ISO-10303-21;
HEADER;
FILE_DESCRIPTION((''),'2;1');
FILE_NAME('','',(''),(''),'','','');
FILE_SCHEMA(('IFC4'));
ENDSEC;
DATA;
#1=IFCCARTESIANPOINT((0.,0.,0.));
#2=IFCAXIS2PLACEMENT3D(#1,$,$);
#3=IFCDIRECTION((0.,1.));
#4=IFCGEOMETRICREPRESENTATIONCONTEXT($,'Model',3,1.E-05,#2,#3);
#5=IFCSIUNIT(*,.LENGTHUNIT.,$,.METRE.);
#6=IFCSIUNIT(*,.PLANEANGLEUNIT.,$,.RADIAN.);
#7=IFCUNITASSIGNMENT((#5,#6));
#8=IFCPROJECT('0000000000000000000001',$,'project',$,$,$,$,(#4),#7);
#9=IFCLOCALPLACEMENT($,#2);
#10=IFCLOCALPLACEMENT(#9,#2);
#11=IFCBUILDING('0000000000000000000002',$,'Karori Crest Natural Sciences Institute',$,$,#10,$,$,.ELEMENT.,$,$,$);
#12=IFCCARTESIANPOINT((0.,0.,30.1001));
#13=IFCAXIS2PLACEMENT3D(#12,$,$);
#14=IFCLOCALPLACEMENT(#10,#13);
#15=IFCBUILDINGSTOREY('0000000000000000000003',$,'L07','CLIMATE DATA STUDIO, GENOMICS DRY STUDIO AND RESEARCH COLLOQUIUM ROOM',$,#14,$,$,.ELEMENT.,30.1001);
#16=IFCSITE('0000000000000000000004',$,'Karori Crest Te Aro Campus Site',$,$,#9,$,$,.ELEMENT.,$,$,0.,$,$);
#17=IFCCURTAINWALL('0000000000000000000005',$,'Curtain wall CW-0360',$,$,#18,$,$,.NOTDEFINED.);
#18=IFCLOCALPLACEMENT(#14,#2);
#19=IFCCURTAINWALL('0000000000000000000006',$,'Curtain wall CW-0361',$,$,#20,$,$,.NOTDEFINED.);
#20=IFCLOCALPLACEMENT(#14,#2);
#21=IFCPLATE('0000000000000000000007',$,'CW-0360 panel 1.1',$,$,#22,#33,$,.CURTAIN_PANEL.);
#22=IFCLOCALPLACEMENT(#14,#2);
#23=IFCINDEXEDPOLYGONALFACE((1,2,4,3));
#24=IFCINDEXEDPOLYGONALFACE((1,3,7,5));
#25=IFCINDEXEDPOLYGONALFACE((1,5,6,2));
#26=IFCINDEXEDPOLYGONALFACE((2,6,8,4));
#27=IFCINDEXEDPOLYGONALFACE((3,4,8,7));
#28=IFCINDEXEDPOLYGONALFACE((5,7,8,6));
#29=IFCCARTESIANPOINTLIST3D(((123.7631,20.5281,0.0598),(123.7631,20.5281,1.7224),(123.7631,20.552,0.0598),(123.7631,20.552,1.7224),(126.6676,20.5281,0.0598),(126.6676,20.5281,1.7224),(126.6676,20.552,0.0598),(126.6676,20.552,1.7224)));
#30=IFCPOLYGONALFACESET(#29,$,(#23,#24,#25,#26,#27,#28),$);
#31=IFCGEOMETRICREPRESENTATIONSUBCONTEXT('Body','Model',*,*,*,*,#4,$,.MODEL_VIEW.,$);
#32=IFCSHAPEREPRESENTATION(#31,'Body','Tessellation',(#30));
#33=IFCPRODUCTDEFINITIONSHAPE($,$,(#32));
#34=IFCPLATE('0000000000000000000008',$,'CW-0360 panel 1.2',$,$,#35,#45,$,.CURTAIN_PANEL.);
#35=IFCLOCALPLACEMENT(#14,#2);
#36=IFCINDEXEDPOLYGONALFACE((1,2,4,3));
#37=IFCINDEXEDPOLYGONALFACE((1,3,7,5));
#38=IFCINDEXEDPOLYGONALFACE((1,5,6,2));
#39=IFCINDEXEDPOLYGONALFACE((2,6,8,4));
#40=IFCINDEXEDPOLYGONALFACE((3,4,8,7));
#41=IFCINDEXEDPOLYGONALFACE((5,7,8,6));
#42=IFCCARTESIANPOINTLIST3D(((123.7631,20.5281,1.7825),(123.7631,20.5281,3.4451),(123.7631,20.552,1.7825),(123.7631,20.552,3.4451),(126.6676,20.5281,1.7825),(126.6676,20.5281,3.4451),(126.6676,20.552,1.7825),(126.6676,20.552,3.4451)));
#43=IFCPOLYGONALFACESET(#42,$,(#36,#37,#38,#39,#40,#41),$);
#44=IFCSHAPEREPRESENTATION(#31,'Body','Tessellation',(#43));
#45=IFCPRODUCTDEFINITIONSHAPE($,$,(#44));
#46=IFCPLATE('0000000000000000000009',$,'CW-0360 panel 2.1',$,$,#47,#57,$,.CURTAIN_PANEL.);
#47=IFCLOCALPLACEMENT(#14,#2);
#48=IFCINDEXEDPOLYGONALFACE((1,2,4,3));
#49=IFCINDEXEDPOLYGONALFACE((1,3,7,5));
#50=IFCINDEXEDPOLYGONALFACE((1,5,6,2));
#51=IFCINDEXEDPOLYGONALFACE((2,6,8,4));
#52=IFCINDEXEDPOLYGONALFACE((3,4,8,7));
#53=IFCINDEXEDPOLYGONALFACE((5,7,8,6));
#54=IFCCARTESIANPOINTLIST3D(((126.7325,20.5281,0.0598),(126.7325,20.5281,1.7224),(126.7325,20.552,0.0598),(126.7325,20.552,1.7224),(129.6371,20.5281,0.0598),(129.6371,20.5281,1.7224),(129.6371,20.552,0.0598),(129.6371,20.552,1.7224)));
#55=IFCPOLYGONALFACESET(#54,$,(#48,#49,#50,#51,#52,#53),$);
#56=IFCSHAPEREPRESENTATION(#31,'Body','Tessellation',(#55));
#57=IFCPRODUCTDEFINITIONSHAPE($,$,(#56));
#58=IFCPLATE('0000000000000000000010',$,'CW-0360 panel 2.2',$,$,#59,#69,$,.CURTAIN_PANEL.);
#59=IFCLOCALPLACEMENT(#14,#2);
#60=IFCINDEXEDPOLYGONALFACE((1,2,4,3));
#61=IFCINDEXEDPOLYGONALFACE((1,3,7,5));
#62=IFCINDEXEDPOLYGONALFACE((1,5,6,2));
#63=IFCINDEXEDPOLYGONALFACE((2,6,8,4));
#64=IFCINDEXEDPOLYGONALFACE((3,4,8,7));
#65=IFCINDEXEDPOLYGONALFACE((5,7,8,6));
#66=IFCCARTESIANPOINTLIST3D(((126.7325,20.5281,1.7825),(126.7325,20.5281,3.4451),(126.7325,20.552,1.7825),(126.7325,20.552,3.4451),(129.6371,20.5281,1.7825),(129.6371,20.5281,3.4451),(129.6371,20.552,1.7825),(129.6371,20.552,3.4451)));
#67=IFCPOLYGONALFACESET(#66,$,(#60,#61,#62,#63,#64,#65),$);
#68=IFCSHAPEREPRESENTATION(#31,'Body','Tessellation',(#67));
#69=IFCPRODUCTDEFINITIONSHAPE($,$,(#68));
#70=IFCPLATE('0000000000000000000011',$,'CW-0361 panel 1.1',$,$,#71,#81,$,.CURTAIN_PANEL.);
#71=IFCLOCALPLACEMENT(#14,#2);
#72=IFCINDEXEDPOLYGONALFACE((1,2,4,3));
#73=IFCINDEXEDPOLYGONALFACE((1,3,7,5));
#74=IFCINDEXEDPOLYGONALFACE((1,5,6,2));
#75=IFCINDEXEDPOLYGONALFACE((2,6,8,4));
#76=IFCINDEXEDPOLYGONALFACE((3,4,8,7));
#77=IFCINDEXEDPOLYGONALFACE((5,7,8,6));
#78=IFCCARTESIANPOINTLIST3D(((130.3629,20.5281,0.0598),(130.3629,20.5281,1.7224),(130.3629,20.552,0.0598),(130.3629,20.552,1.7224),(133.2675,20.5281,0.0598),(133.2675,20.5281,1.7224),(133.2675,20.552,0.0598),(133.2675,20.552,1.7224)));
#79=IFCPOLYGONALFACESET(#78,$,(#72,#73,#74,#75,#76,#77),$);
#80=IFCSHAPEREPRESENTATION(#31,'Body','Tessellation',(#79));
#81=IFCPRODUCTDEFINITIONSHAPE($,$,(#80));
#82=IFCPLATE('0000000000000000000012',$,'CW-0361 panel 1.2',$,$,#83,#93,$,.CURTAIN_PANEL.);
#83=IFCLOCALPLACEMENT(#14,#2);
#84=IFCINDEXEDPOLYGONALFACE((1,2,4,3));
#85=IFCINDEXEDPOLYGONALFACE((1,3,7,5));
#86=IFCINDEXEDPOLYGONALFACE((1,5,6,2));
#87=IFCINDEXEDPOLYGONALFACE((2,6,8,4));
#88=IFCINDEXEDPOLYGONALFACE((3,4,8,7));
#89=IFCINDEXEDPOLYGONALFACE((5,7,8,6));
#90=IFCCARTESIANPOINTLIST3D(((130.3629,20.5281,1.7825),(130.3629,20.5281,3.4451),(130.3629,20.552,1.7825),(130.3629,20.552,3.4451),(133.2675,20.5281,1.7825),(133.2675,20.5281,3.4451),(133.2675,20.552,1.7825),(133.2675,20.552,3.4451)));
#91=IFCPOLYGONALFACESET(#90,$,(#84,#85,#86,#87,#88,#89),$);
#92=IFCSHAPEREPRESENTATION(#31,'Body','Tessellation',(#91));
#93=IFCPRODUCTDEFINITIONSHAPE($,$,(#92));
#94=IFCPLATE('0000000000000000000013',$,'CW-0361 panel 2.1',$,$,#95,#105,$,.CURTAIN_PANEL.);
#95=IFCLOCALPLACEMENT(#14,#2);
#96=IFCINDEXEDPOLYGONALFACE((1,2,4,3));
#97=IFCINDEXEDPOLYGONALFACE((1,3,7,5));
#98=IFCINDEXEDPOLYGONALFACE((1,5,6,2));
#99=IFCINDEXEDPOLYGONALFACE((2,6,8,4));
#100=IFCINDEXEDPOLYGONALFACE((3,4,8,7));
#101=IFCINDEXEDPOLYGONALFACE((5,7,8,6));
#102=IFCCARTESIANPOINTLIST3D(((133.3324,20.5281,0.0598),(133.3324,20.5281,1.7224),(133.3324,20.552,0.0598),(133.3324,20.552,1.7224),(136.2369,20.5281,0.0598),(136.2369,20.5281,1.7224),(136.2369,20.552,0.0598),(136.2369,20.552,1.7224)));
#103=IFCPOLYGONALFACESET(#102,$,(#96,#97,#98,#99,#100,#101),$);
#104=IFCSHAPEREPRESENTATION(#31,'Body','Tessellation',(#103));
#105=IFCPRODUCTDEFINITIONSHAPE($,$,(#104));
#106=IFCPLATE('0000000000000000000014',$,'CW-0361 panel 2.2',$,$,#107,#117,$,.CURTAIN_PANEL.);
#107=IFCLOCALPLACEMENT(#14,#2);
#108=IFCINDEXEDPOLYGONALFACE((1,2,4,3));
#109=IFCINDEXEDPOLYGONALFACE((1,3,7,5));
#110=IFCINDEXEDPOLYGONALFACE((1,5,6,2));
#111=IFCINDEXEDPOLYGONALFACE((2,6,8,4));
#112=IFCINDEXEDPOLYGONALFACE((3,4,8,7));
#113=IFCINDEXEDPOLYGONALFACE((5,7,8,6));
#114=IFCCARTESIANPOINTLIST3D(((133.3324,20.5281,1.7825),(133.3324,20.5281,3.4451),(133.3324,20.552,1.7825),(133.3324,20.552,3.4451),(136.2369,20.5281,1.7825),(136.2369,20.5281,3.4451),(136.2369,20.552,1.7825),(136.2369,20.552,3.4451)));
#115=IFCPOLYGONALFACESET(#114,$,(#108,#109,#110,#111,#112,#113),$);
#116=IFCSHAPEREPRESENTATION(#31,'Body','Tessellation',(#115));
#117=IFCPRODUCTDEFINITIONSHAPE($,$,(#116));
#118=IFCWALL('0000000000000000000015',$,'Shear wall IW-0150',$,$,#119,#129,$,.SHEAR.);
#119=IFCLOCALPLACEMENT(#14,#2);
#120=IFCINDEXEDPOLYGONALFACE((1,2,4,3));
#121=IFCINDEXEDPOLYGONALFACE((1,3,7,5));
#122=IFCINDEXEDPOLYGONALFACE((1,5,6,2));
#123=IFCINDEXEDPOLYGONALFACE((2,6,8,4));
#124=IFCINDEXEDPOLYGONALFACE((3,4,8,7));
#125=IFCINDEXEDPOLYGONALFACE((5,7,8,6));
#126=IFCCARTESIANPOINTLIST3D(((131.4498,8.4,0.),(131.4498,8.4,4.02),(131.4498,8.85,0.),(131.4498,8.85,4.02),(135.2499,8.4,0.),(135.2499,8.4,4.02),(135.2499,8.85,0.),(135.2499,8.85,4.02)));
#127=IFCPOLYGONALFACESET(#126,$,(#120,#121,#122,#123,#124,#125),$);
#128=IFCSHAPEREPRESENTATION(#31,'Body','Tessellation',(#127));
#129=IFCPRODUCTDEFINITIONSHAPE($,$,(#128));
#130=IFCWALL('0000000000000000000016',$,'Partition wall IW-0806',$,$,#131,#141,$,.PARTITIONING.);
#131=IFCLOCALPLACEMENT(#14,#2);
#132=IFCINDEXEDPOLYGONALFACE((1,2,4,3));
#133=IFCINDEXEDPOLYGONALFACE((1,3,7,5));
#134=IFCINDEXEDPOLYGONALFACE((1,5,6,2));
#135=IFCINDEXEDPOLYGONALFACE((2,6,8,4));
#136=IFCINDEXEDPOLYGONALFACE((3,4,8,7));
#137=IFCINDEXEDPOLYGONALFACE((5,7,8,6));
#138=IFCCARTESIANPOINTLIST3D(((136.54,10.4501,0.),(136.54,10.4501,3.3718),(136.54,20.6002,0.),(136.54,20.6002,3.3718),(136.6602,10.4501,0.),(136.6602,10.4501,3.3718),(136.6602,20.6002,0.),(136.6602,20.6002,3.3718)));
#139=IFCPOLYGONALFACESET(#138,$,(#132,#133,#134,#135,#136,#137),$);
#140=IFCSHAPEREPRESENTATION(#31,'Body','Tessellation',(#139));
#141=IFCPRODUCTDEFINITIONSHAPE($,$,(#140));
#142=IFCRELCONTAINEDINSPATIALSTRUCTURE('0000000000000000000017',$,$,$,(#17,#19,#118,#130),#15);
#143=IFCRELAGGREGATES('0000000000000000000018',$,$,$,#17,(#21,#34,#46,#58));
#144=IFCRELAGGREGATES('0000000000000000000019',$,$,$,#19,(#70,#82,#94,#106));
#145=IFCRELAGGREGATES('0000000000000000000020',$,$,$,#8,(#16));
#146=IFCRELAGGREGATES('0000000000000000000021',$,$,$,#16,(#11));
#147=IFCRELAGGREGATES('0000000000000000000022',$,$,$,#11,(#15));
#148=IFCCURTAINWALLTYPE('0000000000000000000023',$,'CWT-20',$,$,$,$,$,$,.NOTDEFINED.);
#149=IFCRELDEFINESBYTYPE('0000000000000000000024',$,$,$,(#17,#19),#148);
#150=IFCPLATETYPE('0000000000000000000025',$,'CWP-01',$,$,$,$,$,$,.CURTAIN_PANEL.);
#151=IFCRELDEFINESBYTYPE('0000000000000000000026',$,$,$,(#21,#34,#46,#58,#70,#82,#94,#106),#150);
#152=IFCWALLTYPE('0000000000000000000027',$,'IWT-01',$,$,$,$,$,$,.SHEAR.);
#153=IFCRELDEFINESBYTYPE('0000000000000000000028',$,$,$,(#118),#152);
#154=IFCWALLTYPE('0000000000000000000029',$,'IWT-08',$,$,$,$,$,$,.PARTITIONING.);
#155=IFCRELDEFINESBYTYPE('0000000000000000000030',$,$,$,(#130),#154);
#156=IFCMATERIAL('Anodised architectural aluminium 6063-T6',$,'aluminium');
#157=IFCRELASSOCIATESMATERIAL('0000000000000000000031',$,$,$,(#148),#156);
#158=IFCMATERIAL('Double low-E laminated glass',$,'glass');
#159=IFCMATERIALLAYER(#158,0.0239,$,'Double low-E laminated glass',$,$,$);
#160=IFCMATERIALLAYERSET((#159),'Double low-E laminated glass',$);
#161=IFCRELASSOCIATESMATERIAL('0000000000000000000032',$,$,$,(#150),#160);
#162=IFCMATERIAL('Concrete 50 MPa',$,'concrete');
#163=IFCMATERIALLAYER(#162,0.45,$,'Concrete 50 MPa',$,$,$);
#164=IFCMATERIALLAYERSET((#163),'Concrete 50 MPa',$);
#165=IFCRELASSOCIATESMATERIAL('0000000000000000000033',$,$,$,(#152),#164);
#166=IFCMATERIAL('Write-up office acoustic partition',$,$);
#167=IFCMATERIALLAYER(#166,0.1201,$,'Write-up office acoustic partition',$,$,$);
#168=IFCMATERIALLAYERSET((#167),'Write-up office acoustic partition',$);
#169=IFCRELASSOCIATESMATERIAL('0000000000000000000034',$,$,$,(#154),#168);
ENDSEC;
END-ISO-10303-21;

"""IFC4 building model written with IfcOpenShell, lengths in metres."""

from ifc_helpers import new_model, si_unit, direction, frame, frame_2d, origin, origin_2d, place, context, subcontext, project, spatial, rectangle, extrude, material, layer, layer_set, type_object, element, aggregate, save


model = new_model("IFC4")

# Units and contexts
model_context = context("Model", 3, precision=1e-05, world=origin(), true_north=direction((0.0, 1.0)))
body_context = subcontext(model_context, "Body", "Model", "MODEL_VIEW")
ifc_project = project(units=[si_unit("LENGTHUNIT", "METRE"), si_unit("PLANEANGLEUNIT", "RADIAN")], contexts=[model_context])

# Site, building, storey
site_placement = place(None, origin())
site = spatial("IfcSite", under=ifc_project, at=site_placement, Name="Karori Crest Te Aro Campus Site", CompositionType="ELEMENT", RefElevation=0.0)
building_placement = place(site_placement, origin())
building = spatial("IfcBuilding", under=site, at=building_placement, Name="Karori Crest Natural Sciences Institute", CompositionType="ELEMENT")
storey_placement = place(building_placement, frame((0.0, 0.0, 30.1001)))
storey = spatial("IfcBuildingStorey", under=building, at=storey_placement, Name="L07", Description="CLIMATE DATA STUDIO, GENOMICS DRY STUDIO AND RESEARCH COLLOQUIUM ROOM", CompositionType="ELEMENT", Elevation=30.1001)

# Curtain walls
ifc_material_1 = material(Name="Anodised architectural aluminium 6063-T6", Category="aluminium")
curtain_wall_type = type_object("IfcCurtainWallType", Name="CWT-20", PredefinedType="NOTDEFINED", material=ifc_material_1)
curtain_wall_1_placement = place(storey_placement, origin())
curtain_wall_1 = element("IfcCurtainWall", 1, at=curtain_wall_1_placement, inside=storey, type_object=curtain_wall_type, Name="Curtain wall CW-0360", PredefinedType="NOTDEFINED")
curtain_wall_2_placement = place(storey_placement, origin())
curtain_wall_2 = element("IfcCurtainWall", 2, at=curtain_wall_2_placement, inside=storey, type_object=curtain_wall_type, Name="Curtain wall CW-0361", PredefinedType="NOTDEFINED")

# Plates
ifc_material_2 = material(Name="Double low-E laminated glass", Category="glass")
ifc_layer_1 = layer(ifc_material_2, 0.0239, Name="Double low-E laminated glass")
ifc_layer_set_1 = layer_set([ifc_layer_1], Name="Double low-E laminated glass")
plate_type = type_object("IfcPlateType", Name="CWP-01", PredefinedType="CURTAIN_PANEL", material=ifc_layer_set_1)
plate_1_placement = place(storey_placement, frame((125.2153, 20.54, 0.0598), z_axis=(0.0, 0.0, 1.0), x_axis=(1.0, 0.0, 0.0)))
plate_1 = element("IfcPlate", 3, at=plate_1_placement, type_object=plate_type, Name="CW-0360 panel 1.1", PredefinedType="CURTAIN_PANEL", context=body_context, shape_type="SweptSolid", body=[
    extrude(rectangle(XDim=2.9045, YDim=0.0239, at=origin_2d()), origin(), (0.0, 0.0, 1.0), 1.6626),
])
plate_2_placement = place(storey_placement, frame((125.2153, 20.54, 1.7825), z_axis=(0.0, 0.0, 1.0), x_axis=(1.0, 0.0, 0.0)))
plate_2 = element("IfcPlate", 4, at=plate_2_placement, type_object=plate_type, Name="CW-0360 panel 1.2", PredefinedType="CURTAIN_PANEL", context=body_context, shape_type="SweptSolid", body=[
    extrude(rectangle(XDim=2.9045, YDim=0.0239, at=origin_2d()), origin(), (0.0, 0.0, 1.0), 1.6626),
])
plate_3_placement = place(storey_placement, frame((128.1848, 20.54, 0.0598), z_axis=(0.0, 0.0, 1.0), x_axis=(1.0, 0.0, 0.0)))
plate_3 = element("IfcPlate", 5, at=plate_3_placement, type_object=plate_type, Name="CW-0360 panel 2.1", PredefinedType="CURTAIN_PANEL", context=body_context, shape_type="SweptSolid", body=[
    extrude(rectangle(XDim=2.9045, YDim=0.0239, at=origin_2d()), origin(), (0.0, 0.0, 1.0), 1.6626),
])
plate_4_placement = place(storey_placement, frame((128.1848, 20.54, 1.7825), z_axis=(0.0, 0.0, 1.0), x_axis=(1.0, 0.0, 0.0)))
plate_4 = element("IfcPlate", 6, at=plate_4_placement, type_object=plate_type, Name="CW-0360 panel 2.2", PredefinedType="CURTAIN_PANEL", context=body_context, shape_type="SweptSolid", body=[
    extrude(rectangle(XDim=2.9045, YDim=0.0239, at=origin_2d()), origin(), (0.0, 0.0, 1.0), 1.6626),
])
aggregate(curtain_wall_1, [plate_1, plate_2, plate_3, plate_4])
plate_5_placement = place(storey_placement, frame((131.8152, 20.54, 0.0598), z_axis=(0.0, 0.0, 1.0), x_axis=(1.0, 0.0, 0.0)))
plate_5 = element("IfcPlate", 7, at=plate_5_placement, type_object=plate_type, Name="CW-0361 panel 1.1", PredefinedType="CURTAIN_PANEL", context=body_context, shape_type="SweptSolid", body=[
    extrude(rectangle(XDim=2.9045, YDim=0.0239, at=origin_2d()), origin(), (0.0, 0.0, 1.0), 1.6626),
])
plate_6_placement = place(storey_placement, frame((131.8152, 20.54, 1.7825), z_axis=(0.0, 0.0, 1.0), x_axis=(1.0, 0.0, 0.0)))
plate_6 = element("IfcPlate", 8, at=plate_6_placement, type_object=plate_type, Name="CW-0361 panel 1.2", PredefinedType="CURTAIN_PANEL", context=body_context, shape_type="SweptSolid", body=[
    extrude(rectangle(XDim=2.9045, YDim=0.0239, at=origin_2d()), origin(), (0.0, 0.0, 1.0), 1.6626),
])
plate_7_placement = place(storey_placement, frame((134.7847, 20.54, 0.0598), z_axis=(0.0, 0.0, 1.0), x_axis=(1.0, 0.0, 0.0)))
plate_7 = element("IfcPlate", 9, at=plate_7_placement, type_object=plate_type, Name="CW-0361 panel 2.1", PredefinedType="CURTAIN_PANEL", context=body_context, shape_type="SweptSolid", body=[
    extrude(rectangle(XDim=2.9045, YDim=0.0239, at=origin_2d()), origin(), (0.0, 0.0, 1.0), 1.6626),
])
plate_8_placement = place(storey_placement, frame((134.7847, 20.54, 1.7825), z_axis=(0.0, 0.0, 1.0), x_axis=(1.0, 0.0, 0.0)))
plate_8 = element("IfcPlate", 10, at=plate_8_placement, type_object=plate_type, Name="CW-0361 panel 2.2", PredefinedType="CURTAIN_PANEL", context=body_context, shape_type="SweptSolid", body=[
    extrude(rectangle(XDim=2.9045, YDim=0.0239, at=origin_2d()), origin(), (0.0, 0.0, 1.0), 1.6626),
])
aggregate(curtain_wall_2, [plate_5, plate_6, plate_7, plate_8])

# Walls
ifc_material_3 = material(Name="Concrete 50 MPa", Category="concrete")
ifc_layer_2 = layer(ifc_material_3, 0.45, Name="Concrete 50 MPa")
ifc_layer_set_2 = layer_set([ifc_layer_2], Name="Concrete 50 MPa")
wall_type_1 = type_object("IfcWallType", Name="IWT-01", PredefinedType="SHEAR", material=ifc_layer_set_2)
wall_1_placement = place(storey_placement, frame((131.45, 8.625, 0.0), z_axis=(0.0, 0.0, 1.0), x_axis=(1.0, 0.0, 0.0)))
element("IfcWall", 11, at=wall_1_placement, inside=storey, type_object=wall_type_1, Name="Shear wall IW-0150", PredefinedType="SHEAR", context=body_context, shape_type="SweptSolid", body=[
    extrude(rectangle(XDim=3.8, YDim=0.45, at=frame_2d((1.8999, 0.0))), origin(), (0.0, 0.0, 1.0), 4.02),
])
ifc_material_4 = material(Name="Write-up office acoustic partition")
ifc_layer_3 = layer(ifc_material_4, 0.1201, Name="Write-up office acoustic partition")
ifc_layer_set_3 = layer_set([ifc_layer_3], Name="Write-up office acoustic partition")
wall_type_2 = type_object("IfcWallType", Name="IWT-08", PredefinedType="PARTITIONING", material=ifc_layer_set_3)
wall_2_placement = place(storey_placement, frame((136.6001, 10.45, 0.0), z_axis=(0.0, 0.0, 1.0), x_axis=(0.0, 1.0, 0.0)))
element("IfcWall", 12, at=wall_2_placement, inside=storey, type_object=wall_type_2, Name="Partition wall IW-0806", PredefinedType="PARTITIONING", context=body_context, shape_type="SweptSolid", body=[
    extrude(rectangle(XDim=10.1501, YDim=0.1201, at=frame_2d((5.0752, 0.0))), origin(), (0.0, 0.0, 1.0), 3.3718),
])

save(model, "model.ifc")
